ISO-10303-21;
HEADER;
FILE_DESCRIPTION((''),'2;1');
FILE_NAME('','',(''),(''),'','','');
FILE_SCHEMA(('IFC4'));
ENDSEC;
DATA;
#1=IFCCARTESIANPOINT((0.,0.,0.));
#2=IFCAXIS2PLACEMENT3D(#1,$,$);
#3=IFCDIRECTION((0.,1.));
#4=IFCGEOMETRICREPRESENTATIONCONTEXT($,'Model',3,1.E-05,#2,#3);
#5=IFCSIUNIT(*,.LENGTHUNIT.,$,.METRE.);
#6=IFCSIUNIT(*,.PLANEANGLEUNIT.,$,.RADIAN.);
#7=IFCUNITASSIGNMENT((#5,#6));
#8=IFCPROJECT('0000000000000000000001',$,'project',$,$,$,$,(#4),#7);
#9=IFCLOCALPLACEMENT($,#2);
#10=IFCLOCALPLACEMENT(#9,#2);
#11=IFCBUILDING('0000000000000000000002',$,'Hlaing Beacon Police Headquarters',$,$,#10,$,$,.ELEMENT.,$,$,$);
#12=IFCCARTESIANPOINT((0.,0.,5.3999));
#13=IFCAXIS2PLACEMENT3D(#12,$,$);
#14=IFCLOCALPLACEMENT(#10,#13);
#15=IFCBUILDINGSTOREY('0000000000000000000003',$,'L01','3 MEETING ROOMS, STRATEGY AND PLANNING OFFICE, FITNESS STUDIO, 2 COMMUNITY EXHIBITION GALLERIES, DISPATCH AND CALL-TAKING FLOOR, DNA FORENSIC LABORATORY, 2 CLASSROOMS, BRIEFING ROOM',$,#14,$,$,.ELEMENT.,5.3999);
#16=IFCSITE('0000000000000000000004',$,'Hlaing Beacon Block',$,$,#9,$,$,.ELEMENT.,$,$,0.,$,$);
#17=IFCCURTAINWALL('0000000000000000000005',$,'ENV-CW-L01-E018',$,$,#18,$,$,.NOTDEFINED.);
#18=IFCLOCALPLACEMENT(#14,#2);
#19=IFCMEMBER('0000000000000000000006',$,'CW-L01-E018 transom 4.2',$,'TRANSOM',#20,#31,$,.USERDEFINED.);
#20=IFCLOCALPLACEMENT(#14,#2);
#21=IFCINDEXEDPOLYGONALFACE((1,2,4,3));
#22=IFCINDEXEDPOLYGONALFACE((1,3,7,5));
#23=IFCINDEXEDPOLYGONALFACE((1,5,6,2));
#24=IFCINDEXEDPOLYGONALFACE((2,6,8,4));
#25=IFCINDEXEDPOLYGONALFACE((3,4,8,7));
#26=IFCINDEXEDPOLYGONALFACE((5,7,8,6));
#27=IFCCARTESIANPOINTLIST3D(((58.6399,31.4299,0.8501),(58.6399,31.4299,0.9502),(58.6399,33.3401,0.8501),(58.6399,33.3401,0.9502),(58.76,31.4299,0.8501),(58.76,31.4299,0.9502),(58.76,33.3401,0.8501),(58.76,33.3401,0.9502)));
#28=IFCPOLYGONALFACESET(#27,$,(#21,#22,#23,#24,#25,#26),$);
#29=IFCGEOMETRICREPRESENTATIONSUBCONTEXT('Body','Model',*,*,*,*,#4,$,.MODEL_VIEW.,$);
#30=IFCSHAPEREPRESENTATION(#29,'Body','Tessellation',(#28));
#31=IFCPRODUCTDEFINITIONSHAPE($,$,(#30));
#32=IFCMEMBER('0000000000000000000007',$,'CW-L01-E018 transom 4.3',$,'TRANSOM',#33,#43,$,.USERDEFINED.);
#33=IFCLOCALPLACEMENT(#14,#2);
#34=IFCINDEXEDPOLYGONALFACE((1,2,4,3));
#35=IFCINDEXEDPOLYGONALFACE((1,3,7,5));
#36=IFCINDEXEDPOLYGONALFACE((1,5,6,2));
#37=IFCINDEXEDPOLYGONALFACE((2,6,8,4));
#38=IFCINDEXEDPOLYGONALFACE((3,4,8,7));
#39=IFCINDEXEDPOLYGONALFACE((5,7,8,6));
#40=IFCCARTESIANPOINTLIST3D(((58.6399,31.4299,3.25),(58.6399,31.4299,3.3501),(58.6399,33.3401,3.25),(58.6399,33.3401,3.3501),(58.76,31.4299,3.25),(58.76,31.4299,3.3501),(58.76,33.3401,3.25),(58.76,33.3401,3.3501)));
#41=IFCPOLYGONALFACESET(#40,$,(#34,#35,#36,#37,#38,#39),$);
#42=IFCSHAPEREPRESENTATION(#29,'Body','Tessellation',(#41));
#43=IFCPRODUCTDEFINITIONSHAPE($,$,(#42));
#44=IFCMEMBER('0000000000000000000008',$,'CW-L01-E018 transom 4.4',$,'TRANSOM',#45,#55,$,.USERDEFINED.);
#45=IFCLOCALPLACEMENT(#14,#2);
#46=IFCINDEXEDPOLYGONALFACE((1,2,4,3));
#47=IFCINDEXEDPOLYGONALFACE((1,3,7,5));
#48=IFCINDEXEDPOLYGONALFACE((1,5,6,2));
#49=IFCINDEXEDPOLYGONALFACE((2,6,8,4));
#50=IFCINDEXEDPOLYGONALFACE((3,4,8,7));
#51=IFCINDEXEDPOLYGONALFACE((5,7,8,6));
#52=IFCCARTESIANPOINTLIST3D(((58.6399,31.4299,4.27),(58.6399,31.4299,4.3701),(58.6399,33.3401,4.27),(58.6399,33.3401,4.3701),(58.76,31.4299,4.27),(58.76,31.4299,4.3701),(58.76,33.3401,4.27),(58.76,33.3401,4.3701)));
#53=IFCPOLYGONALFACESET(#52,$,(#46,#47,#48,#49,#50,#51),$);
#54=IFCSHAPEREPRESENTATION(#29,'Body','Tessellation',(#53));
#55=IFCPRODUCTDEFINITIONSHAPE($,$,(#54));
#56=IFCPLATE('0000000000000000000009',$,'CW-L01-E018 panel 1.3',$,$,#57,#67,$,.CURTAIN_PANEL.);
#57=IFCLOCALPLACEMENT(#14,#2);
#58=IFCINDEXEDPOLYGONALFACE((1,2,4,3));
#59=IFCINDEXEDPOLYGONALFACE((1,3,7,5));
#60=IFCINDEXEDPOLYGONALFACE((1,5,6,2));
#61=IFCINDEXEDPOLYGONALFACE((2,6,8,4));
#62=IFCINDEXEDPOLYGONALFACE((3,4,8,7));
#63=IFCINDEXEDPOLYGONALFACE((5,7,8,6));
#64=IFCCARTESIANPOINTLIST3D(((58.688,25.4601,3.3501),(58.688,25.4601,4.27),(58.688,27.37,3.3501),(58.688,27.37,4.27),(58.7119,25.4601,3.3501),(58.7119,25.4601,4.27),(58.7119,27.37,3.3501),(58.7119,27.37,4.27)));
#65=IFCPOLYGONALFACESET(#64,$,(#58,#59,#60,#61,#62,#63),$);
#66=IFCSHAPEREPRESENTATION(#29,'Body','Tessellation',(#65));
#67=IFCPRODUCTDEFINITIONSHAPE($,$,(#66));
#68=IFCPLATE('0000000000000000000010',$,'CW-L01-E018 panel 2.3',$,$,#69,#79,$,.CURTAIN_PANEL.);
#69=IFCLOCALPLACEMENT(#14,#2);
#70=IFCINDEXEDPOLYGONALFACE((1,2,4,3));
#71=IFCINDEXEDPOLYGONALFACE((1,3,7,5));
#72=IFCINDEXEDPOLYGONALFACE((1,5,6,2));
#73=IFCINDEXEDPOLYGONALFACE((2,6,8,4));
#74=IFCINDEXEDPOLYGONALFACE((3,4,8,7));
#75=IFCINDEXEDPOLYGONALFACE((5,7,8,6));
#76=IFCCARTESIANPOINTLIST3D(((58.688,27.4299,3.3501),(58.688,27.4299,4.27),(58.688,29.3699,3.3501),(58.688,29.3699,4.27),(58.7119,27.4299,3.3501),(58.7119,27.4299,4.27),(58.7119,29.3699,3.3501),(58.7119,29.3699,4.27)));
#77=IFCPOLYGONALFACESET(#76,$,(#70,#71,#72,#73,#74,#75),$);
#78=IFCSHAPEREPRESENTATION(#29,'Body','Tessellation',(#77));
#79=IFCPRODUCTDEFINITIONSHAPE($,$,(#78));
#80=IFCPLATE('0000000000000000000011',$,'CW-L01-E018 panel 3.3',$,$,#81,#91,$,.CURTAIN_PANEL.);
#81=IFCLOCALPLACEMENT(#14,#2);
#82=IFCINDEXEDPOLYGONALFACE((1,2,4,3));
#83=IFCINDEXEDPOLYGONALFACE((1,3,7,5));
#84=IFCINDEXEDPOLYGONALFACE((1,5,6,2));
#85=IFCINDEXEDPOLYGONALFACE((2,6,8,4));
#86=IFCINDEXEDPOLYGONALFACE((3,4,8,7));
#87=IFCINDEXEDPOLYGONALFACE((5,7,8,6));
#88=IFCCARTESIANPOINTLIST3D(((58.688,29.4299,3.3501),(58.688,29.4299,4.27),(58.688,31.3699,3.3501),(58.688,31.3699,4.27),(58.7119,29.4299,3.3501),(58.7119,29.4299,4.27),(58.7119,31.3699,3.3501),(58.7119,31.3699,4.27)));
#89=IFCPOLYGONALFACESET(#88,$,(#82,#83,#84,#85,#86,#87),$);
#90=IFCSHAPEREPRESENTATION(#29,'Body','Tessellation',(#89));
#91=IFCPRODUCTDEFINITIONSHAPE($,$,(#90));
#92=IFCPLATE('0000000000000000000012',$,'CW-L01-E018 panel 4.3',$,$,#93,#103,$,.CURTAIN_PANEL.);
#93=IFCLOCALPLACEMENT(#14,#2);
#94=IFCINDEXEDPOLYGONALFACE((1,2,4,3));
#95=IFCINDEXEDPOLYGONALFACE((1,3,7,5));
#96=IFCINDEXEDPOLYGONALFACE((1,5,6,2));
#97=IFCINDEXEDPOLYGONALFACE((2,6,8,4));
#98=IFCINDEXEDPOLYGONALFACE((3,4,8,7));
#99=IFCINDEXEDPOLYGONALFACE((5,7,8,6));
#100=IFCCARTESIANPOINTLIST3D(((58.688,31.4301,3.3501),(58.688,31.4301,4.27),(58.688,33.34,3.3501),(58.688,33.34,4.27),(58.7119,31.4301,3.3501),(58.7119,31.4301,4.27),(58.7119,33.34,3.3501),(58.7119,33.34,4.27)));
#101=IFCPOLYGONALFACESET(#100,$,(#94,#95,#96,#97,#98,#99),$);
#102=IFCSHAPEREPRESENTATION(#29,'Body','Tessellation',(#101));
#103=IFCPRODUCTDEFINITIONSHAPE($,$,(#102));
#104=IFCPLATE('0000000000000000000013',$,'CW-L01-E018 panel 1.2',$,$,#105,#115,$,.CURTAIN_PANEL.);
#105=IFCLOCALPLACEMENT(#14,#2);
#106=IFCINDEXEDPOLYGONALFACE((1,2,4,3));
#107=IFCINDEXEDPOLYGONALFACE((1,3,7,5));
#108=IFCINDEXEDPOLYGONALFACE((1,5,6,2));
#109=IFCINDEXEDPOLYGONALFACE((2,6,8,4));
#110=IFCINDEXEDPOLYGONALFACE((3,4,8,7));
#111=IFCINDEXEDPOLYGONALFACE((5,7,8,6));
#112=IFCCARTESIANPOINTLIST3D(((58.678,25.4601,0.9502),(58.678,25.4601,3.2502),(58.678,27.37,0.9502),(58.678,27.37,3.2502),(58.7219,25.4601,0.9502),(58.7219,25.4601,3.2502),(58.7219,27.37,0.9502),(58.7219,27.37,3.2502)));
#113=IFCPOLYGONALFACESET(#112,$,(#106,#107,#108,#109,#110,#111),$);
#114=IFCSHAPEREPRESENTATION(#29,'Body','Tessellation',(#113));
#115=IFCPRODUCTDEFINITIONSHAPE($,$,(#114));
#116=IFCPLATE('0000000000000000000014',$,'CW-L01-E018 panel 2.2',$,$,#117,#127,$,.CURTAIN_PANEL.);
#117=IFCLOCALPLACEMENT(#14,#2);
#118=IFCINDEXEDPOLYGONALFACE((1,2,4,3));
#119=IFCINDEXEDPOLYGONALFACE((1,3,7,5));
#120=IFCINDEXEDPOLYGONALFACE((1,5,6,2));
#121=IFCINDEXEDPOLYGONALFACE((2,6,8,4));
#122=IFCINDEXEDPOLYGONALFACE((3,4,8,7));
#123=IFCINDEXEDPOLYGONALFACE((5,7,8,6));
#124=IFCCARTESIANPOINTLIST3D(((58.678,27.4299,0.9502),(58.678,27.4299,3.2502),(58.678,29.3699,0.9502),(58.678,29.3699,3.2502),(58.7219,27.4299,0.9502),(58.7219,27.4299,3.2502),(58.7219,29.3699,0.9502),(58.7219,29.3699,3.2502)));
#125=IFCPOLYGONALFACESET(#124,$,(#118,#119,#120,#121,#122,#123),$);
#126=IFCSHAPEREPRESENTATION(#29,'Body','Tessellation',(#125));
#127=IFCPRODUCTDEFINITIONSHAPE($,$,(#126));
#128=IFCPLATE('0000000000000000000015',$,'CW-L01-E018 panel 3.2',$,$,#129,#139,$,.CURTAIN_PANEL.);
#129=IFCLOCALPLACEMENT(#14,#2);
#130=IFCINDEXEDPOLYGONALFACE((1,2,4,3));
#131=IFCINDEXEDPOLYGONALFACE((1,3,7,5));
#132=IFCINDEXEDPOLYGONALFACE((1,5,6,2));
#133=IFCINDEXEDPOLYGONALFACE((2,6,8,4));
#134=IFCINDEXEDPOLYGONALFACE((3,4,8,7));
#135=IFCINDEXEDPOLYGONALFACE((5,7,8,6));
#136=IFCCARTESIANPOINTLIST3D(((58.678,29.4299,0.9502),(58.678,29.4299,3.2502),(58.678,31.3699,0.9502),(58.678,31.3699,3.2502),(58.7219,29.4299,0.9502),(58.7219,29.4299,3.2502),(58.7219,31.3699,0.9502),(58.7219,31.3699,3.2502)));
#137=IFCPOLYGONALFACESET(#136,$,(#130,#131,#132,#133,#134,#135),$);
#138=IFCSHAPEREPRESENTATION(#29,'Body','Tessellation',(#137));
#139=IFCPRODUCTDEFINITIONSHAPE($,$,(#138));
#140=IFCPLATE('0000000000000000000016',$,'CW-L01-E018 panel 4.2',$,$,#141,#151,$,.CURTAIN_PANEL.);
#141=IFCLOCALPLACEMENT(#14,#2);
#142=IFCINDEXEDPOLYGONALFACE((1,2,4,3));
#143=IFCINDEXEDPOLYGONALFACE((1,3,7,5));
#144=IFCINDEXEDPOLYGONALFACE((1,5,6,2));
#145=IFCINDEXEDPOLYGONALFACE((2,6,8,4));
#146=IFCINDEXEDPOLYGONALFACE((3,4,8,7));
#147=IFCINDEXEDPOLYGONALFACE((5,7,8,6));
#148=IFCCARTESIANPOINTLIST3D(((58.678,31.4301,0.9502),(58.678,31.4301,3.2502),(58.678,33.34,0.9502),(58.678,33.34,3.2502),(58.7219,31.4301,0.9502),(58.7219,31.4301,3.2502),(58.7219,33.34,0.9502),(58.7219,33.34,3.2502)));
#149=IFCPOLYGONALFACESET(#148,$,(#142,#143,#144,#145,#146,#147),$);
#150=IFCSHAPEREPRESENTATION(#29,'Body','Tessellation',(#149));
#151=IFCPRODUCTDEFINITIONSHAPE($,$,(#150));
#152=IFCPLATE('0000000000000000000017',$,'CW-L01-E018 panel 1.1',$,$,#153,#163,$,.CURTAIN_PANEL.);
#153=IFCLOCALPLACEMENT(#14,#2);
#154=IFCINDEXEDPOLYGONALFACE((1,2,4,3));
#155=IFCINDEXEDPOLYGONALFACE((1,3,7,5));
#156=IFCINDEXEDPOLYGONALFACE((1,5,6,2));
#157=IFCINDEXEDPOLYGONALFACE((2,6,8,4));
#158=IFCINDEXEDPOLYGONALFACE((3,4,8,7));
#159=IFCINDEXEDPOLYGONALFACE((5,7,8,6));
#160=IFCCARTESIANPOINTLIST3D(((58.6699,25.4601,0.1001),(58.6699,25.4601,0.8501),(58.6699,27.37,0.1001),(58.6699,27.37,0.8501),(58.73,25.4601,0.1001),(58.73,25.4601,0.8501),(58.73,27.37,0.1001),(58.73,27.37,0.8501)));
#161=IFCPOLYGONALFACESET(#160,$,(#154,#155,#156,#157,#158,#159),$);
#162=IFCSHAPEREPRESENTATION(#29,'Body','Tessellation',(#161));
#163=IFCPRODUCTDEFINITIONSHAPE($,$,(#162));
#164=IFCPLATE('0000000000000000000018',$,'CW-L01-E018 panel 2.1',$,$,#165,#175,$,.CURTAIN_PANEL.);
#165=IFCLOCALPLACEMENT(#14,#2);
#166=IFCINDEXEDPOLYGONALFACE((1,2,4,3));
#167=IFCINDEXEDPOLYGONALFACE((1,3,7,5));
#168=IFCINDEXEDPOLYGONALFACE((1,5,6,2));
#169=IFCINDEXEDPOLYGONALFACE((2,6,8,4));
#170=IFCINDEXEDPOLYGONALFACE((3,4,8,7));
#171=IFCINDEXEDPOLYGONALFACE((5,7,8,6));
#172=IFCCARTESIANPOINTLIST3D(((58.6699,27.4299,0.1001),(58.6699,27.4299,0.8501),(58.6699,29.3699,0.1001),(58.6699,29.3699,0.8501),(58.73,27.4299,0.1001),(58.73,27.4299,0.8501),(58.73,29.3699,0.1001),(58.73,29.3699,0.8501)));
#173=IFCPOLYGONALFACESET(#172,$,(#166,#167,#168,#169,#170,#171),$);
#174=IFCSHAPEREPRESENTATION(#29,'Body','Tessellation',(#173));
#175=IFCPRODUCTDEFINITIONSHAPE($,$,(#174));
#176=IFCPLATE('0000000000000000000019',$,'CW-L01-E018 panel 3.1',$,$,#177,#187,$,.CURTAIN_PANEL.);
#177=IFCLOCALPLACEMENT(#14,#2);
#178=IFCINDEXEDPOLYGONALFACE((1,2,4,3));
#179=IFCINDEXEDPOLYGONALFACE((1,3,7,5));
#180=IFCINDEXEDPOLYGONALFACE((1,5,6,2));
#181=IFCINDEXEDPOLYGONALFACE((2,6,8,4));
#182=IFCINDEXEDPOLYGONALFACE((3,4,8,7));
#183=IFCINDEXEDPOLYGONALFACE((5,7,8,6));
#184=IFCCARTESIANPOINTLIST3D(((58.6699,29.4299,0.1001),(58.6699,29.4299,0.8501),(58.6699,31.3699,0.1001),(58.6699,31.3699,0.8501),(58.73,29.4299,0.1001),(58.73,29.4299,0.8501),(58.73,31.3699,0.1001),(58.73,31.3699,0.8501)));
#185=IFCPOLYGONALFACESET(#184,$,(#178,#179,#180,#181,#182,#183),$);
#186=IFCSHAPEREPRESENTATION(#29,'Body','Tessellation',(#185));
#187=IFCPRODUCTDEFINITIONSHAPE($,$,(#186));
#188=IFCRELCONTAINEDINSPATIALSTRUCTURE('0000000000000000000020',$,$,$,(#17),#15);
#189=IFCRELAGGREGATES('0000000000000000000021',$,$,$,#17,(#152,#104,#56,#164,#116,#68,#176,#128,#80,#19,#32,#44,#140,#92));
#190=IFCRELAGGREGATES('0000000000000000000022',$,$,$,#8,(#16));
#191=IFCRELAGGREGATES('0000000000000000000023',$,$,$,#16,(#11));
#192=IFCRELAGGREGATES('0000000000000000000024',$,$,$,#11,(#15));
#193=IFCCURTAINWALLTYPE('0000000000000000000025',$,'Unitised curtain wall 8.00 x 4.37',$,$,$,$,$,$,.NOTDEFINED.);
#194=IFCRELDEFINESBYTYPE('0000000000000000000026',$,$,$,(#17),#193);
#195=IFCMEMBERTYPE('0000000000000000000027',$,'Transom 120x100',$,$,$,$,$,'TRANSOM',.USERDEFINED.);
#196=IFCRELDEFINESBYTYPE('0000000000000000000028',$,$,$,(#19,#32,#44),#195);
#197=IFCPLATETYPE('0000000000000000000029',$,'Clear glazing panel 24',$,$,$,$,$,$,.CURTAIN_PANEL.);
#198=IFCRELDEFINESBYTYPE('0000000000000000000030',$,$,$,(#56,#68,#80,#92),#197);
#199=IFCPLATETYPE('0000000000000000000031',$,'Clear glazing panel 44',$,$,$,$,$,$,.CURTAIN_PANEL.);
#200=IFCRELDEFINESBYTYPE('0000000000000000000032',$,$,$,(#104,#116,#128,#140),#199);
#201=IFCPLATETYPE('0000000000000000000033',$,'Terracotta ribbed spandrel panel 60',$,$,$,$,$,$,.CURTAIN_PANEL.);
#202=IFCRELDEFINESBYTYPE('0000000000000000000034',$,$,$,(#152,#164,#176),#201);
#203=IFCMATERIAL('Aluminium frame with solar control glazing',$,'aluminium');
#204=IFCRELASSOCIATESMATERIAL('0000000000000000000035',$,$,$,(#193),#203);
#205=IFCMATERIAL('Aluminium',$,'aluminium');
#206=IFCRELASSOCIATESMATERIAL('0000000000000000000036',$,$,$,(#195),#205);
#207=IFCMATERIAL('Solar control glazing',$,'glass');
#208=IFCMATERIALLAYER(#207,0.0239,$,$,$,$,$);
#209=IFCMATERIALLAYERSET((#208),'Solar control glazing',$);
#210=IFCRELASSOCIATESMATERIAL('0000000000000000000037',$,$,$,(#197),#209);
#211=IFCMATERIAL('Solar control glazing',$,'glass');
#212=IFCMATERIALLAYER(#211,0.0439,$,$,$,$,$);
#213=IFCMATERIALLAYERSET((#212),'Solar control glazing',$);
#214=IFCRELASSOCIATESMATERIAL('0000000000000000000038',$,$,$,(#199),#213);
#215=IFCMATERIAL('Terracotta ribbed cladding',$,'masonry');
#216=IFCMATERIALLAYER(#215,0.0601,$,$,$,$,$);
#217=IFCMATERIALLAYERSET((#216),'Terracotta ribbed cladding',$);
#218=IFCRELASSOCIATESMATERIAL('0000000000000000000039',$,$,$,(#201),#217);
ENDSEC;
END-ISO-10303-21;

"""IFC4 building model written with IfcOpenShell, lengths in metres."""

from ifc_helpers import new_model, si_unit, direction, frame, origin, origin_2d, place, context, subcontext, project, spatial, rectangle, extrude, material, layer, layer_set, material_profile, profile_set, type_object, element, aggregate, save


model = new_model("IFC4")

# Units and contexts
model_context = context("Model", 3, precision=1e-05, world=origin(), true_north=direction((0.0, 1.0)))
body_context = subcontext(model_context, "Body", "Model", "MODEL_VIEW")
ifc_project = project(units=[si_unit("LENGTHUNIT", "METRE"), si_unit("PLANEANGLEUNIT", "RADIAN")], contexts=[model_context])

# Site, building, storey
site_placement = place(None, origin())
site = spatial("IfcSite", under=ifc_project, at=site_placement, Name="Hlaing Beacon Block", CompositionType="ELEMENT", RefElevation=0.0)
building_placement = place(site_placement, origin())
building = spatial("IfcBuilding", under=site, at=building_placement, Name="Hlaing Beacon Police Headquarters", CompositionType="ELEMENT")
storey_placement = place(building_placement, frame((0.0, 0.0, 5.3999)))
storey = spatial("IfcBuildingStorey", under=building, at=storey_placement, Name="L01", Description="3 MEETING ROOMS, STRATEGY AND PLANNING OFFICE, FITNESS STUDIO, 2 COMMUNITY EXHIBITION GALLERIES, DISPATCH AND CALL-TAKING FLOOR, DNA FORENSIC LABORATORY, 2 CLASSROOMS, BRIEFING ROOM", CompositionType="ELEMENT", Elevation=5.3999)

# Curtain wall, members, plates
ifc_material_1 = material(Name="Aluminium frame with solar control glazing", Category="aluminium")
curtain_wall_type = type_object("IfcCurtainWallType", Name="Unitised curtain wall 8.00 x 4.37", PredefinedType="NOTDEFINED", material=ifc_material_1)
curtain_wall_placement = place(storey_placement, origin())
curtain_wall = element("IfcCurtainWall", 1, at=curtain_wall_placement, inside=storey, type_object=curtain_wall_type, Name="ENV-CW-L01-E018", PredefinedType="NOTDEFINED")
ifc_material_2 = material(Name="Aluminium", Category="aluminium")
ifc_material_profile_1 = material_profile(ifc_material_2, rectangle(XDim=0.1201, YDim=0.1001, at=origin_2d()), Name="Transom 120x100")
ifc_profile_set_1 = profile_set([ifc_material_profile_1], Name="Aluminium")
member_type_1 = type_object("IfcMemberType", Name="Transom 120x100", ElementType="TRANSOM", PredefinedType="USERDEFINED", material=ifc_profile_set_1)
member_1_placement = place(storey_placement, frame((58.7, 31.4299, 0.9001), z_axis=(0.0, 1.0, 0.0), x_axis=(-1.0, 0.0, 0.0)))
member_1 = element("IfcMember", 2, at=member_1_placement, type_object=member_type_1, Name="CW-L01-E018 transom 4.2", ObjectType="TRANSOM", PredefinedType="USERDEFINED", context=body_context, shape_type="SweptSolid", body=[
    extrude(rectangle(XDim=0.1201, YDim=0.1001, at=origin_2d()), origin(), (0.0, 0.0, 1.0), 1.9102),
])
member_2_placement = place(storey_placement, frame((58.7, 31.4299, 3.3), z_axis=(0.0, 1.0, 0.0), x_axis=(-1.0, 0.0, 0.0)))
member_2 = element("IfcMember", 3, at=member_2_placement, type_object=member_type_1, Name="CW-L01-E018 transom 4.3", ObjectType="TRANSOM", PredefinedType="USERDEFINED", context=body_context, shape_type="SweptSolid", body=[
    extrude(rectangle(XDim=0.1201, YDim=0.1001, at=origin_2d()), origin(), (0.0, 0.0, 1.0), 1.9102),
])
member_3_placement = place(storey_placement, frame((58.7, 31.4299, 4.3201), z_axis=(0.0, 1.0, 0.0), x_axis=(-1.0, 0.0, 0.0)))
member_3 = element("IfcMember", 4, at=member_3_placement, type_object=member_type_1, Name="CW-L01-E018 transom 4.4", ObjectType="TRANSOM", PredefinedType="USERDEFINED", context=body_context, shape_type="SweptSolid", body=[
    extrude(rectangle(XDim=0.1201, YDim=0.1001, at=origin_2d()), origin(), (0.0, 0.0, 1.0), 1.9102),
])
ifc_material_3 = material(Name="Solar control glazing", Category="glass")
ifc_layer_1 = layer(ifc_material_3, 0.0239)
ifc_layer_set_1 = layer_set([ifc_layer_1], Name="Solar control glazing")
plate_type_1 = type_object("IfcPlateType", Name="Clear glazing panel 24", PredefinedType="CURTAIN_PANEL", material=ifc_layer_set_1)
plate_1_placement = place(storey_placement, frame((58.7, 26.415, 3.3501), z_axis=(0.0, 0.0, 1.0), x_axis=(0.0, 1.0, 0.0)))
plate_1 = element("IfcPlate", 5, at=plate_1_placement, type_object=plate_type_1, Name="CW-L01-E018 panel 1.3", PredefinedType="CURTAIN_PANEL", context=body_context, shape_type="SweptSolid", body=[
    extrude(rectangle(XDim=1.9099, YDim=0.0239, at=origin_2d()), origin(), (0.0, 0.0, 1.0), 0.9199),
])
plate_2_placement = place(storey_placement, frame((58.7, 28.3999, 3.3501), z_axis=(0.0, 0.0, 1.0), x_axis=(0.0, 1.0, 0.0)))
plate_2 = element("IfcPlate", 6, at=plate_2_placement, type_object=plate_type_1, Name="CW-L01-E018 panel 2.3", PredefinedType="CURTAIN_PANEL", context=body_context, shape_type="SweptSolid", body=[
    extrude(rectangle(XDim=1.9399, YDim=0.0239, at=origin_2d()), origin(), (0.0, 0.0, 1.0), 0.9199),
])
plate_3_placement = place(storey_placement, frame((58.7, 30.3999, 3.3501), z_axis=(0.0, 0.0, 1.0), x_axis=(0.0, 1.0, 0.0)))
plate_3 = element("IfcPlate", 7, at=plate_3_placement, type_object=plate_type_1, Name="CW-L01-E018 panel 3.3", PredefinedType="CURTAIN_PANEL", context=body_context, shape_type="SweptSolid", body=[
    extrude(rectangle(XDim=1.9399, YDim=0.0239, at=origin_2d()), origin(), (0.0, 0.0, 1.0), 0.9199),
])
plate_4_placement = place(storey_placement, frame((58.7, 32.385, 3.3501), z_axis=(0.0, 0.0, 1.0), x_axis=(0.0, 1.0, 0.0)))
plate_4 = element("IfcPlate", 8, at=plate_4_placement, type_object=plate_type_1, Name="CW-L01-E018 panel 4.3", PredefinedType="CURTAIN_PANEL", context=body_context, shape_type="SweptSolid", body=[
    extrude(rectangle(XDim=1.9099, YDim=0.0239, at=origin_2d()), origin(), (0.0, 0.0, 1.0), 0.9199),
])
ifc_material_4 = material(Name="Solar control glazing", Category="glass")
ifc_layer_2 = layer(ifc_material_4, 0.0439)
ifc_layer_set_2 = layer_set([ifc_layer_2], Name="Solar control glazing")
plate_type_2 = type_object("IfcPlateType", Name="Clear glazing panel 44", PredefinedType="CURTAIN_PANEL", material=ifc_layer_set_2)
plate_5_placement = place(storey_placement, frame((58.7, 26.415, 0.9502), z_axis=(0.0, 0.0, 1.0), x_axis=(0.0, 1.0, 0.0)))
plate_5 = element("IfcPlate", 9, at=plate_5_placement, type_object=plate_type_2, Name="CW-L01-E018 panel 1.2", PredefinedType="CURTAIN_PANEL", context=body_context, shape_type="SweptSolid", body=[
    extrude(rectangle(XDim=1.9099, YDim=0.0439, at=origin_2d()), origin(), (0.0, 0.0, 1.0), 2.3),
])
plate_6_placement = place(storey_placement, frame((58.7, 28.3999, 0.9502), z_axis=(0.0, 0.0, 1.0), x_axis=(0.0, 1.0, 0.0)))
plate_6 = element("IfcPlate", 10, at=plate_6_placement, type_object=plate_type_2, Name="CW-L01-E018 panel 2.2", PredefinedType="CURTAIN_PANEL", context=body_context, shape_type="SweptSolid", body=[
    extrude(rectangle(XDim=1.9399, YDim=0.0439, at=origin_2d()), origin(), (0.0, 0.0, 1.0), 2.3),
])
plate_7_placement = place(storey_placement, frame((58.7, 30.3999, 0.9502), z_axis=(0.0, 0.0, 1.0), x_axis=(0.0, 1.0, 0.0)))
plate_7 = element("IfcPlate", 11, at=plate_7_placement, type_object=plate_type_2, Name="CW-L01-E018 panel 3.2", PredefinedType="CURTAIN_PANEL", context=body_context, shape_type="SweptSolid", body=[
    extrude(rectangle(XDim=1.9399, YDim=0.0439, at=origin_2d()), origin(), (0.0, 0.0, 1.0), 2.3),
])
plate_8_placement = place(storey_placement, frame((58.7, 32.385, 0.9502), z_axis=(0.0, 0.0, 1.0), x_axis=(0.0, 1.0, 0.0)))
plate_8 = element("IfcPlate", 12, at=plate_8_placement, type_object=plate_type_2, Name="CW-L01-E018 panel 4.2", PredefinedType="CURTAIN_PANEL", context=body_context, shape_type="SweptSolid", body=[
    extrude(rectangle(XDim=1.9099, YDim=0.0439, at=origin_2d()), origin(), (0.0, 0.0, 1.0), 2.3),
])
ifc_material_5 = material(Name="Terracotta ribbed cladding", Category="masonry")
ifc_layer_3 = layer(ifc_material_5, 0.0601)
ifc_layer_set_3 = layer_set([ifc_layer_3], Name="Terracotta ribbed cladding")
plate_type_3 = type_object("IfcPlateType", Name="Terracotta ribbed spandrel panel 60", PredefinedType="CURTAIN_PANEL", material=ifc_layer_set_3)
plate_9_placement = place(storey_placement, frame((58.7, 26.415, 0.1001), z_axis=(0.0, 0.0, 1.0), x_axis=(0.0, 1.0, 0.0)))
plate_9 = element("IfcPlate", 13, at=plate_9_placement, type_object=plate_type_3, Name="CW-L01-E018 panel 1.1", PredefinedType="CURTAIN_PANEL", context=body_context, shape_type="SweptSolid", body=[
    extrude(rectangle(XDim=1.9099, YDim=0.0601, at=origin_2d()), origin(), (0.0, 0.0, 1.0), 0.75),
])
plate_10_placement = place(storey_placement, frame((58.7, 28.3999, 0.1001), z_axis=(0.0, 0.0, 1.0), x_axis=(0.0, 1.0, 0.0)))
plate_10 = element("IfcPlate", 14, at=plate_10_placement, type_object=plate_type_3, Name="CW-L01-E018 panel 2.1", PredefinedType="CURTAIN_PANEL", context=body_context, shape_type="SweptSolid", body=[
    extrude(rectangle(XDim=1.9399, YDim=0.0601, at=origin_2d()), origin(), (0.0, 0.0, 1.0), 0.75),
])
plate_11_placement = place(storey_placement, frame((58.7, 30.3999, 0.1001), z_axis=(0.0, 0.0, 1.0), x_axis=(0.0, 1.0, 0.0)))
plate_11 = element("IfcPlate", 15, at=plate_11_placement, type_object=plate_type_3, Name="CW-L01-E018 panel 3.1", PredefinedType="CURTAIN_PANEL", context=body_context, shape_type="SweptSolid", body=[
    extrude(rectangle(XDim=1.9399, YDim=0.0601, at=origin_2d()), origin(), (0.0, 0.0, 1.0), 0.75),
])
aggregate(curtain_wall, [plate_9, plate_5, plate_1, plate_10, plate_6, plate_2, plate_11, plate_7, plate_3, member_1, member_2, member_3, plate_8, plate_4])

save(model, "model.ifc")
